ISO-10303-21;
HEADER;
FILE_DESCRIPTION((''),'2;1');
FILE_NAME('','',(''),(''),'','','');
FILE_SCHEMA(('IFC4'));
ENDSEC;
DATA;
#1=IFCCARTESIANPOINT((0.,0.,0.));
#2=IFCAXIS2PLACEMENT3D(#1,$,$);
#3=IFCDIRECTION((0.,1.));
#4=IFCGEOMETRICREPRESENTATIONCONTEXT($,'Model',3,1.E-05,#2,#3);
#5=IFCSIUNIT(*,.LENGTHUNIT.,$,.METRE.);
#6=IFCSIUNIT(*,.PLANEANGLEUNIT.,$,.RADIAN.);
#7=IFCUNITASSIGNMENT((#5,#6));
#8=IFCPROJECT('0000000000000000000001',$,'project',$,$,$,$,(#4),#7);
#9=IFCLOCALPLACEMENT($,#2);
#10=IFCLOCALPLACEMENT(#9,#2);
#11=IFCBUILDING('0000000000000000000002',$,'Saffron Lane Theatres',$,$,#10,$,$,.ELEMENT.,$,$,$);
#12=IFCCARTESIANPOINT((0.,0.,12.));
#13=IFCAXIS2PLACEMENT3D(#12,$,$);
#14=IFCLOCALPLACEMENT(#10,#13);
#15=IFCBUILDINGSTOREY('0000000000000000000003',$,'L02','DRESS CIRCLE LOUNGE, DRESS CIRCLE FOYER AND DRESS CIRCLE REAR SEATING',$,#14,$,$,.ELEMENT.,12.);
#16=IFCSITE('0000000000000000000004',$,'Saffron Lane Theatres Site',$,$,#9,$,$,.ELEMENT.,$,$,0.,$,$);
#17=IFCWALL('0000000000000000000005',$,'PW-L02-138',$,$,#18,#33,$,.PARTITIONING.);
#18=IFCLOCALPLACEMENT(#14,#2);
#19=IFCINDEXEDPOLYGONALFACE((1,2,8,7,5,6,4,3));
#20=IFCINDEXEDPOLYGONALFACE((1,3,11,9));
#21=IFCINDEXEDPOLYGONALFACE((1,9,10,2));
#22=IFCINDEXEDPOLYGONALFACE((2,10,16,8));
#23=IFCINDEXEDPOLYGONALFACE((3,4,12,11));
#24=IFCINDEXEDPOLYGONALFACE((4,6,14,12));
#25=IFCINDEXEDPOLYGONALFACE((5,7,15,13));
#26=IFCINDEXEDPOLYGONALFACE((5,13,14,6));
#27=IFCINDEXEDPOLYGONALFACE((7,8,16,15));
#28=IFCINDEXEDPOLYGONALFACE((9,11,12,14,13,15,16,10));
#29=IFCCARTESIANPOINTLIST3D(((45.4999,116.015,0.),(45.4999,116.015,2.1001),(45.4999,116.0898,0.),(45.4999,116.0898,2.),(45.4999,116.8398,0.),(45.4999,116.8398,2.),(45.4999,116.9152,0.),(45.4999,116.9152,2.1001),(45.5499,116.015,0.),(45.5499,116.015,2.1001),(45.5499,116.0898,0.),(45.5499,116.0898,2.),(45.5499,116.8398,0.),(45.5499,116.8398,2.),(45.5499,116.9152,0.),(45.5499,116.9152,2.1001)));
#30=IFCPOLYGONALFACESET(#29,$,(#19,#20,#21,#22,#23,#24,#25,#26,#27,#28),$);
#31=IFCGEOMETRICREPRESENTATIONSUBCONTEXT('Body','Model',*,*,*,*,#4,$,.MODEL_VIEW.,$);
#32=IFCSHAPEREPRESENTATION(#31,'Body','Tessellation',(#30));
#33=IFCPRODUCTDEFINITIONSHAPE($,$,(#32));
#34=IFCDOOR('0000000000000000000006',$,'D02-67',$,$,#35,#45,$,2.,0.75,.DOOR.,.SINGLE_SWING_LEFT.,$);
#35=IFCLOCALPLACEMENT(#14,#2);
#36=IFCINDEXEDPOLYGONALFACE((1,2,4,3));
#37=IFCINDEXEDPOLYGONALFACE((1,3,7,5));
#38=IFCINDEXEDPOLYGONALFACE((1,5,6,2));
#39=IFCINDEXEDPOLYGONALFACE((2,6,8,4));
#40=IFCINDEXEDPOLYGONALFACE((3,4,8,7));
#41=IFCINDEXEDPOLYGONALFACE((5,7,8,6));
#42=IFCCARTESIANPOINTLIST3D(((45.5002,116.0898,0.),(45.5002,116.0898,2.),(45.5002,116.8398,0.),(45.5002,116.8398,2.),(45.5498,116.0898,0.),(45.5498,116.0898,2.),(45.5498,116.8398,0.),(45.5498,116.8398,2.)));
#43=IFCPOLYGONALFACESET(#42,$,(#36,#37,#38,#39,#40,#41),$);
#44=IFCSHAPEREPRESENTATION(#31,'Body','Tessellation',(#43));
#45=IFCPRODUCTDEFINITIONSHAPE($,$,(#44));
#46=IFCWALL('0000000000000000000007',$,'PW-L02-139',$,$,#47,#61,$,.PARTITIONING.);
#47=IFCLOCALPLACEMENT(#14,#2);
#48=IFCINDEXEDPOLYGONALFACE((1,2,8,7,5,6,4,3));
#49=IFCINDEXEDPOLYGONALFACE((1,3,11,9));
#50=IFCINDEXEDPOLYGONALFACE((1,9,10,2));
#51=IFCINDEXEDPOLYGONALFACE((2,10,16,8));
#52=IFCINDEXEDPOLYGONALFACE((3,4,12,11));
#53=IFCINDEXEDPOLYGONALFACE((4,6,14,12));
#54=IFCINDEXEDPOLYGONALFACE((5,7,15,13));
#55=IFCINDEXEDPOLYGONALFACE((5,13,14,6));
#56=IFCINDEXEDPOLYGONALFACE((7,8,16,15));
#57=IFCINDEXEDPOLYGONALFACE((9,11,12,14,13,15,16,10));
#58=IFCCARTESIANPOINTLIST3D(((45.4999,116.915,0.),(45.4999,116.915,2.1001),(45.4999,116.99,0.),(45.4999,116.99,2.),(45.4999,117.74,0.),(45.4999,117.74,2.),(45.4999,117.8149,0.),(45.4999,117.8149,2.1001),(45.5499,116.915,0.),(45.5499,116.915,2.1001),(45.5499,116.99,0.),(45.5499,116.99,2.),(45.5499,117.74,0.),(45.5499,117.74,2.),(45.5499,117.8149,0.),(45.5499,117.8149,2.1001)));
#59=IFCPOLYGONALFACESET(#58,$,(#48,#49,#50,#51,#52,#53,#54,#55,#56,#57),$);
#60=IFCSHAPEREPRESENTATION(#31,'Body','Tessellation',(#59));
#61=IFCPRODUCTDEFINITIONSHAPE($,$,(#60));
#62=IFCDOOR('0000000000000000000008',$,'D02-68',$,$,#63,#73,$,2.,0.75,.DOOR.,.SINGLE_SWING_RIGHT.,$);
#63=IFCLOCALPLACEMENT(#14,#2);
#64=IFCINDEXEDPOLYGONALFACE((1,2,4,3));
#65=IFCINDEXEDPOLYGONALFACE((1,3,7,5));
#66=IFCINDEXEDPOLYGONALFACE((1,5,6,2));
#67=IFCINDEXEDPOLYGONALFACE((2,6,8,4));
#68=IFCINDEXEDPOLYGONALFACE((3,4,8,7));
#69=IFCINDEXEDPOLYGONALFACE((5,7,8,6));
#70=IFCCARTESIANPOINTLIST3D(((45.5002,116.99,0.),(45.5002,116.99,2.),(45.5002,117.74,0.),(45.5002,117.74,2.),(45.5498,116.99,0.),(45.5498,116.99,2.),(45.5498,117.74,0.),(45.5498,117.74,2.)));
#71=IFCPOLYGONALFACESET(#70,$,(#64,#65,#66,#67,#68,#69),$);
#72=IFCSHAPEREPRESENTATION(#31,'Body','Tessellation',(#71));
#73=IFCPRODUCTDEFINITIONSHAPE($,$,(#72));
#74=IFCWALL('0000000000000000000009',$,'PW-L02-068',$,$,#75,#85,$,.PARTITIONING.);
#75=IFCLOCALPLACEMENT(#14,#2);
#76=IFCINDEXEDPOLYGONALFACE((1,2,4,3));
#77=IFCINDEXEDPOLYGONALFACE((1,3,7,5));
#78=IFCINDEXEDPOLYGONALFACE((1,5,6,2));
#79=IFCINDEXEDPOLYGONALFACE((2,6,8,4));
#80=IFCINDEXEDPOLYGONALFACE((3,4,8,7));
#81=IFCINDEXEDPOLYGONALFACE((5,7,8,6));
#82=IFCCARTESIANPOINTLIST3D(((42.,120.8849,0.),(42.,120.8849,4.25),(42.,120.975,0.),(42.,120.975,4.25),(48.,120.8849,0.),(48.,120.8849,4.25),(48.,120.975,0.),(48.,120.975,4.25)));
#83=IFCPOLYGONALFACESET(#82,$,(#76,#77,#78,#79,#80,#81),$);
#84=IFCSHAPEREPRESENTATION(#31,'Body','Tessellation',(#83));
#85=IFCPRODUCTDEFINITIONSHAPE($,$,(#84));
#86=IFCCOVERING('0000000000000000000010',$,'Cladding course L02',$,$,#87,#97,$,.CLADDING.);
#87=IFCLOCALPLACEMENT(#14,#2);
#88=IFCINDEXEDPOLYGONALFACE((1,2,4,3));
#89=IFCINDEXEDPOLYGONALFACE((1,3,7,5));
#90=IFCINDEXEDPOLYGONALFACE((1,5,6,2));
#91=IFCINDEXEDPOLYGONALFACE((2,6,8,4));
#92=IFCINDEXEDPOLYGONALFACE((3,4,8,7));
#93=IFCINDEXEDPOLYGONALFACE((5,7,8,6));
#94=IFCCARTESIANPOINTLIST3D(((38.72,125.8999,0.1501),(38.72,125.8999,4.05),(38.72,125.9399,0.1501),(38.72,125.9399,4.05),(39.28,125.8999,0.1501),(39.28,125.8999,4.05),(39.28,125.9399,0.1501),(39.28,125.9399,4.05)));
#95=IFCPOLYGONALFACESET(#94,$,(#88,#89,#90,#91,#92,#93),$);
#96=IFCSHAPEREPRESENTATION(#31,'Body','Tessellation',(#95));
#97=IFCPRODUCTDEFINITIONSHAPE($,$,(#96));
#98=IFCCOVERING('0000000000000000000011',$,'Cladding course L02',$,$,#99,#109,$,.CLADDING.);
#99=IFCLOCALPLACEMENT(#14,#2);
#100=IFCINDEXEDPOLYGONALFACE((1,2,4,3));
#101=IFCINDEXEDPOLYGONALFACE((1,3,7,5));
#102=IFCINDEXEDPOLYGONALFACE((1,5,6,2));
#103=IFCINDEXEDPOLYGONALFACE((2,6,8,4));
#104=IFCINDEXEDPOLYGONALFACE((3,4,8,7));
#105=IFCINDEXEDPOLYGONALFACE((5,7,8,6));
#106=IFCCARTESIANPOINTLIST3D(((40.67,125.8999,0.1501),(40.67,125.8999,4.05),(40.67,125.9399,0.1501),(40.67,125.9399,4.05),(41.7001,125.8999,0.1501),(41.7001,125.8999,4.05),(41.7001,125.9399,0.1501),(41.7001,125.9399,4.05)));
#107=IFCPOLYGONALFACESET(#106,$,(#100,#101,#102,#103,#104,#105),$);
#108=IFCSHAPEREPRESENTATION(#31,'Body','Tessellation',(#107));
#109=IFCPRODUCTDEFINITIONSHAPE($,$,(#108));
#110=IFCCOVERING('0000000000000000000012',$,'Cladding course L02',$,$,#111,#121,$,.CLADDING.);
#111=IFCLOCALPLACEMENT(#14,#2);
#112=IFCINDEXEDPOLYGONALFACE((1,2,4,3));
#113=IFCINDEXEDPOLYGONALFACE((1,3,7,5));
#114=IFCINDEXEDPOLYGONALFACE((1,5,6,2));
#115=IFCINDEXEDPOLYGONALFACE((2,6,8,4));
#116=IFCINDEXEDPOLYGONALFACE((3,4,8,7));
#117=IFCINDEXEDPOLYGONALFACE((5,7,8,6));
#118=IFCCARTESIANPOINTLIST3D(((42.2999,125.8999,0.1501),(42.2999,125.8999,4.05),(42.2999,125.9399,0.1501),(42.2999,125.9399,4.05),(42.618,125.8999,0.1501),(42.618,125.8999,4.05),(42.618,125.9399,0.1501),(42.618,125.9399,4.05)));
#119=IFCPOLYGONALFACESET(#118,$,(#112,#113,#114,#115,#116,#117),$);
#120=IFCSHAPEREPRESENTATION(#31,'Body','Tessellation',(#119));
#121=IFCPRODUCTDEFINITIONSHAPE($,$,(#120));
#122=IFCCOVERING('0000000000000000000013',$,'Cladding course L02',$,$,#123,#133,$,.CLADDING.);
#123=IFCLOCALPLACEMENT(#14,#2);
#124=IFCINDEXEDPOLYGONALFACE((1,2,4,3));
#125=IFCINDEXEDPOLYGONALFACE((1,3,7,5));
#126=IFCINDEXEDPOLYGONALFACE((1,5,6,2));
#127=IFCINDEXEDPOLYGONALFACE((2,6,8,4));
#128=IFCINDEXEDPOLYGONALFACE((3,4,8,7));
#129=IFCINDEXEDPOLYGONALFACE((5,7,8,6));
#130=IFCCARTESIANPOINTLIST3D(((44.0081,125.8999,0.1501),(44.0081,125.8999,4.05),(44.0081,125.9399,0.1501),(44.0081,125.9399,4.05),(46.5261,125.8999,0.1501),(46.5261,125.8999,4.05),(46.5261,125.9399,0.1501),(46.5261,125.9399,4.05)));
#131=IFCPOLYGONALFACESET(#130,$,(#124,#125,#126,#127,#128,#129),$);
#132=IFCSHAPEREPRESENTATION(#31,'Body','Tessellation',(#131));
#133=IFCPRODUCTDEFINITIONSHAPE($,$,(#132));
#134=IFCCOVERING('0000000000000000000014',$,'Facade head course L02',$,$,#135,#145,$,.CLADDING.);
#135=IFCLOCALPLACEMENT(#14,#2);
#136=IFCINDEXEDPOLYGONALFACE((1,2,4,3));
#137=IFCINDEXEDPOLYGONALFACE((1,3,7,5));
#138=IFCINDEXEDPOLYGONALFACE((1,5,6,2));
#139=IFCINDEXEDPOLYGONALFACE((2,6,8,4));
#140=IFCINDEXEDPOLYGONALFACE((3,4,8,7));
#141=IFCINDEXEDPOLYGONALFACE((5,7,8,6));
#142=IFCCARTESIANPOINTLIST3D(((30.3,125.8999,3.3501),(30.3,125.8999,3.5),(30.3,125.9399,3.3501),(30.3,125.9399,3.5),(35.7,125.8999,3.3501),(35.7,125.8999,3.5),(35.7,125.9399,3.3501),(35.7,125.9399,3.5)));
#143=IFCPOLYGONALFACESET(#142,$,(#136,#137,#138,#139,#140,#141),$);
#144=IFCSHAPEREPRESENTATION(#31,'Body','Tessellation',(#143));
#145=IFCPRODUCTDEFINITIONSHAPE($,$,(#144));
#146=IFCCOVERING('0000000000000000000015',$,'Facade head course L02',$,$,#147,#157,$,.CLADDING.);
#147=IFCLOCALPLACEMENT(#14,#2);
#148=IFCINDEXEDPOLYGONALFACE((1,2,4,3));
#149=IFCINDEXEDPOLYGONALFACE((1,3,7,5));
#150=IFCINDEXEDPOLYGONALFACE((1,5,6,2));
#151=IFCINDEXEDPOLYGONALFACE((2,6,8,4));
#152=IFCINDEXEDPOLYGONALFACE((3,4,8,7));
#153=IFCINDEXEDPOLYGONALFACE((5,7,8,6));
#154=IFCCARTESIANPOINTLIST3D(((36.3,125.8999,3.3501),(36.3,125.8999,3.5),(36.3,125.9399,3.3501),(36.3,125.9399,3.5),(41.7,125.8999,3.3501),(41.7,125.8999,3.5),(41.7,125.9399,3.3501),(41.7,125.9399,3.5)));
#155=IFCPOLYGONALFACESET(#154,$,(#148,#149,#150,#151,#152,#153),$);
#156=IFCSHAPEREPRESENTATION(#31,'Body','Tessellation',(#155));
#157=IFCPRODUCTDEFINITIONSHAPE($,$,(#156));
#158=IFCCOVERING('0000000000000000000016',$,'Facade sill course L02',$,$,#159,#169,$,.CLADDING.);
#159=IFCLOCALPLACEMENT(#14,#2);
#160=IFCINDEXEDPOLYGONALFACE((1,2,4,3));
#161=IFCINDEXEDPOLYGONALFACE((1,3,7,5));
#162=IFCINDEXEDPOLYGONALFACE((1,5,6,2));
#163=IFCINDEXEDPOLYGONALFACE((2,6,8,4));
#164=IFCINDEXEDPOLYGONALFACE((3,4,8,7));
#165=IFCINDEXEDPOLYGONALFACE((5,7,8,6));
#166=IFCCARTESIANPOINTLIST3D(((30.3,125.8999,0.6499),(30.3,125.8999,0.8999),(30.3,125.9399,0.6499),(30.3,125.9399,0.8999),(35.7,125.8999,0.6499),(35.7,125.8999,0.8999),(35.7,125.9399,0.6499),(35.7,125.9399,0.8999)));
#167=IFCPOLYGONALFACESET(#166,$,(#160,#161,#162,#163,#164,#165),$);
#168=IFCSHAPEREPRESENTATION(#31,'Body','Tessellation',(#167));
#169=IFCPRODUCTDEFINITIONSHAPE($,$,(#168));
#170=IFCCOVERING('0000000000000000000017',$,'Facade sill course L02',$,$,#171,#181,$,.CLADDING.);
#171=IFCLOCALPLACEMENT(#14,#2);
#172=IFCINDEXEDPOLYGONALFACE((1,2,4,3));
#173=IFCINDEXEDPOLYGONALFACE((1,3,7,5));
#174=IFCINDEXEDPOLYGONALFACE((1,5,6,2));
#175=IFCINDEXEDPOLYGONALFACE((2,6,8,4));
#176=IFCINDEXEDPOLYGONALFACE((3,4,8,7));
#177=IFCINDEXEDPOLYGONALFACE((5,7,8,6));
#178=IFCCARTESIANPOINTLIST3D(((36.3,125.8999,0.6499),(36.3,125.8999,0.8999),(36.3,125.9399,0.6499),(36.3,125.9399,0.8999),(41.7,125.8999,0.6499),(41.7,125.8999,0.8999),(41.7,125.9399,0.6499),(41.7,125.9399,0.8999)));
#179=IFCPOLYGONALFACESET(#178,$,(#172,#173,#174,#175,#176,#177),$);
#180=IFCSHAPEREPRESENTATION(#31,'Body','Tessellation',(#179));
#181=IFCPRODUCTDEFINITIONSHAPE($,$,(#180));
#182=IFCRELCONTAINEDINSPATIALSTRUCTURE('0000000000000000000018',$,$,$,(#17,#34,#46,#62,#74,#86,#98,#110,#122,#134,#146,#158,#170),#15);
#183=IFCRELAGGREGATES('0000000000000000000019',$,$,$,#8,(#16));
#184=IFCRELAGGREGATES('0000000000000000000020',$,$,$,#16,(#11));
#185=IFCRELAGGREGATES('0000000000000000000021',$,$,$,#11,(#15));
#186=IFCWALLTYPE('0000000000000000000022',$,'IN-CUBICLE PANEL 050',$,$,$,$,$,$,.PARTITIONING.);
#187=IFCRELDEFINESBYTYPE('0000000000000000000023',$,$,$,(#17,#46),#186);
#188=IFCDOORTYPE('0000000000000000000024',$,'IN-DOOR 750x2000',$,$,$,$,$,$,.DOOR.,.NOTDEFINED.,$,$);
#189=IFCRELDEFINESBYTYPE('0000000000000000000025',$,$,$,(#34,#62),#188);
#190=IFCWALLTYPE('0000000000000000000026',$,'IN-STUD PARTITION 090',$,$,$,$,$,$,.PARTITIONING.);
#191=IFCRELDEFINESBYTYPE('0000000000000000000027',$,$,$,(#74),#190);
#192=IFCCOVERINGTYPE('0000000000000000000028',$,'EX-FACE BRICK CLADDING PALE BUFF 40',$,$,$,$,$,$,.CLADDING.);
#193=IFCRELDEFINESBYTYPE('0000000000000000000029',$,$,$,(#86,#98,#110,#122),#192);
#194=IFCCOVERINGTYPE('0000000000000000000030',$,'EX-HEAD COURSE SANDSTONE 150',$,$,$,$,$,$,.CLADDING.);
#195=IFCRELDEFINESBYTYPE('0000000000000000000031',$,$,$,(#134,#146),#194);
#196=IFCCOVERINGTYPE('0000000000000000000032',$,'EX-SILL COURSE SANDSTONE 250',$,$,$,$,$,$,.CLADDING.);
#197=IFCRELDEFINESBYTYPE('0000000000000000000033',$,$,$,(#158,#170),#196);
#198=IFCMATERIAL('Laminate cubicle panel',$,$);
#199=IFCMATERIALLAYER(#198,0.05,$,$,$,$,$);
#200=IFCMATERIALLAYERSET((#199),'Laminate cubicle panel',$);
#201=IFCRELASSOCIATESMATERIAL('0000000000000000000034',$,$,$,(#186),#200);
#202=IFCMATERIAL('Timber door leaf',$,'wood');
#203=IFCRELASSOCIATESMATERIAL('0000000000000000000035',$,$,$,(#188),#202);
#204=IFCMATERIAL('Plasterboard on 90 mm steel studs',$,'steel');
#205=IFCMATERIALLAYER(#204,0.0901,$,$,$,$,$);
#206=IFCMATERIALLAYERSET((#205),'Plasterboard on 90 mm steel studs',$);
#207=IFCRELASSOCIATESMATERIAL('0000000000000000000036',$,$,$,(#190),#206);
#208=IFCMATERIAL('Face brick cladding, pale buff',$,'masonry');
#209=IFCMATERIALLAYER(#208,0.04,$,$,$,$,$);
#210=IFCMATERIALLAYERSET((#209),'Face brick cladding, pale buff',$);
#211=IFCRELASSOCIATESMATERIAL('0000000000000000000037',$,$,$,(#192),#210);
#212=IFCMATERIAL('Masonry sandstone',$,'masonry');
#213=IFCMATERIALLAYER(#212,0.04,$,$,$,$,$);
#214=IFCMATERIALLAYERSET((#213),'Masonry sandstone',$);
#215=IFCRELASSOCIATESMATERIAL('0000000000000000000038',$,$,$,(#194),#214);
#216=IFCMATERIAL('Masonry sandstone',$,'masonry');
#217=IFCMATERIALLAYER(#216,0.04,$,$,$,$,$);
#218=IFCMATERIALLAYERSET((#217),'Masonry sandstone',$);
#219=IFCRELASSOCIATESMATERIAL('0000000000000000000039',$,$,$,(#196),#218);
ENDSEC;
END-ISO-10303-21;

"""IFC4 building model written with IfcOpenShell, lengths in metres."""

from ifc_helpers import new_model, si_unit, direction, frame, frame_2d, origin, origin_2d, place, context, subcontext, project, spatial, rectangle, extrude, material, layer, layer_set, type_object, element, fill, save


model = new_model("IFC4")

# Units and contexts
model_context = context("Model", 3, precision=1e-05, world=origin(), true_north=direction((0.0, 1.0)))
body_context = subcontext(model_context, "Body", "Model", "MODEL_VIEW")
ifc_project = project(units=[si_unit("LENGTHUNIT", "METRE"), si_unit("PLANEANGLEUNIT", "RADIAN")], contexts=[model_context])

# Site, building, storey
site_placement = place(None, origin())
site = spatial("IfcSite", under=ifc_project, at=site_placement, Name="Saffron Lane Theatres Site", CompositionType="ELEMENT", RefElevation=0.0)
building_placement = place(site_placement, origin())
building = spatial("IfcBuilding", under=site, at=building_placement, Name="Saffron Lane Theatres", CompositionType="ELEMENT")
storey_placement = place(building_placement, frame((0.0, 0.0, 12.0)))
storey = spatial("IfcBuildingStorey", under=building, at=storey_placement, Name="L02", Description="DRESS CIRCLE LOUNGE, DRESS CIRCLE FOYER AND DRESS CIRCLE REAR SEATING", CompositionType="ELEMENT", Elevation=12.0)

# Shared definitions
ifc_material_1 = material(Name="Laminate cubicle panel")
ifc_layer_1 = layer(ifc_material_1, 0.05)
ifc_layer_set_1 = layer_set([ifc_layer_1], Name="Laminate cubicle panel")
wall_type_1 = type_object("IfcWallType", Name="IN-CUBICLE PANEL 050", PredefinedType="PARTITIONING", material=ifc_layer_set_1)

# Walls, openings, doors
wall_1_placement = place(storey_placement, frame((45.5249, 116.0149, 0.0), z_axis=(0.0, 0.0, 1.0), x_axis=(0.0, 1.0, 0.0)))
wall_1 = element("IfcWall", 1, at=wall_1_placement, inside=storey, type_object=wall_type_1, Name="PW-L02-138", PredefinedType="PARTITIONING", context=body_context, shape_type="SweptSolid", body=[
    extrude(rectangle(XDim=0.9001, YDim=0.05, at=frame_2d((0.4502, 0.0))), origin(), (0.0, 0.0, 1.0), 2.1001),
])
opening_1_placement = place(wall_1_placement, frame((0.075, 0.0, 0.0)))
opening_1 = element("IfcOpeningElement", 2, at=opening_1_placement, cuts=wall_1, PredefinedType="OPENING", context=body_context, shape_type="SweptSolid", body=[
    extrude(rectangle(XDim=0.75, YDim=2.0, at=frame_2d((0.375, 1.0))), frame((0.0, 0.0352, 0.0), z_axis=(0.0, -1.0, 0.0), x_axis=(1.0, 0.0, 0.0)), (0.0, 0.0, 1.0), 0.0701),
])
ifc_material_2 = material(Name="Timber door leaf", Category="wood")
door_type = type_object("IfcDoorType", Name="IN-DOOR 750x2000", OperationType="NOTDEFINED", PredefinedType="DOOR", material=ifc_material_2)
door_1_placement = place(opening_1_placement, frame((0.75, 0.0, 0.0), z_axis=(0.0, 0.0, 1.0), x_axis=(-1.0, 0.0, 0.0)))
door_1 = element("IfcDoor", 3, at=door_1_placement, inside=storey, type_object=door_type, Name="D02-67", OperationType="SINGLE_SWING_LEFT", OverallHeight=2.0, OverallWidth=0.75, PredefinedType="DOOR", context=body_context, shape_type="SweptSolid", body=[
    extrude(rectangle(XDim=0.75, YDim=2.0, at=frame_2d((0.375, 1.0))), frame((0.0, 0.0249, 0.0), z_axis=(0.0, -1.0, 0.0), x_axis=(1.0, 0.0, 0.0)), (0.0, 0.0, 1.0), 0.0496),
])
fill(opening_1, door_1)
wall_2_placement = place(storey_placement, frame((45.5249, 116.915, 0.0), z_axis=(0.0, 0.0, 1.0), x_axis=(0.0, 1.0, 0.0)))
wall_2 = element("IfcWall", 4, at=wall_2_placement, inside=storey, type_object=wall_type_1, Name="PW-L02-139", PredefinedType="PARTITIONING", context=body_context, shape_type="SweptSolid", body=[
    extrude(rectangle(XDim=0.8999, YDim=0.05, at=frame_2d((0.45, 0.0))), origin(), (0.0, 0.0, 1.0), 2.1001),
])
opening_2_placement = place(wall_2_placement, frame((0.075, 0.0, 0.0)))
opening_2 = element("IfcOpeningElement", 5, at=opening_2_placement, cuts=wall_2, PredefinedType="OPENING", context=body_context, shape_type="SweptSolid", body=[
    extrude(rectangle(XDim=0.75, YDim=2.0, at=frame_2d((0.375, 1.0))), frame((0.0, 0.0352, 0.0), z_axis=(0.0, -1.0, 0.0), x_axis=(1.0, 0.0, 0.0)), (0.0, 0.0, 1.0), 0.0701),
])
door_2_placement = place(opening_2_placement, frame((0.75, 0.0, 0.0), z_axis=(0.0, 0.0, 1.0), x_axis=(-1.0, 0.0, 0.0)))
door_2 = element("IfcDoor", 6, at=door_2_placement, inside=storey, type_object=door_type, Name="D02-68", OperationType="SINGLE_SWING_RIGHT", OverallHeight=2.0, OverallWidth=0.75, PredefinedType="DOOR", context=body_context, shape_type="SweptSolid", body=[
    extrude(rectangle(XDim=0.75, YDim=2.0, at=frame_2d((0.375, 1.0))), frame((0.0, 0.0249, 0.0), z_axis=(0.0, -1.0, 0.0), x_axis=(1.0, 0.0, 0.0)), (0.0, 0.0, 1.0), 0.0496),
])
fill(opening_2, door_2)

# Wall
ifc_material_3 = material(Name="Plasterboard on 90 mm steel studs", Category="steel")
ifc_layer_2 = layer(ifc_material_3, 0.0901)
ifc_layer_set_2 = layer_set([ifc_layer_2], Name="Plasterboard on 90 mm steel studs")
wall_type_2 = type_object("IfcWallType", Name="IN-STUD PARTITION 090", PredefinedType="PARTITIONING", material=ifc_layer_set_2)
wall_3_placement = place(storey_placement, frame((42.0, 120.9299, 0.0), z_axis=(0.0, 0.0, 1.0), x_axis=(1.0, 0.0, 0.0)))
element("IfcWall", 7, at=wall_3_placement, inside=storey, type_object=wall_type_2, Name="PW-L02-068", PredefinedType="PARTITIONING", context=body_context, shape_type="SweptSolid", body=[
    extrude(rectangle(XDim=6.0, YDim=0.0901, at=frame_2d((3.0, 0.0))), origin(), (0.0, 0.0, 1.0), 4.25),
])

# Coverings
ifc_material_4 = material(Name="Face brick cladding, pale buff", Category="masonry")
ifc_layer_3 = layer(ifc_material_4, 0.04)
ifc_layer_set_3 = layer_set([ifc_layer_3], Name="Face brick cladding, pale buff")
covering_type_1 = type_object("IfcCoveringType", Name="EX-FACE BRICK CLADDING PALE BUFF 40", PredefinedType="CLADDING", material=ifc_layer_set_3)
covering_1_placement = place(storey_placement, frame((39.0, 125.9199, 0.1501), z_axis=(0.0, 0.0, 1.0), x_axis=(1.0, 0.0, 0.0)))
element("IfcCovering", 8, at=covering_1_placement, inside=storey, type_object=covering_type_1, Name="Cladding course L02", PredefinedType="CLADDING", context=body_context, shape_type="SweptSolid", body=[
    extrude(rectangle(XDim=0.5601, YDim=0.04, at=origin_2d()), origin(), (0.0, 0.0, 1.0), 3.8999),
])
covering_2_placement = place(storey_placement, frame((41.1851, 125.9199, 0.1501), z_axis=(0.0, 0.0, 1.0), x_axis=(1.0, 0.0, 0.0)))
element("IfcCovering", 9, at=covering_2_placement, inside=storey, type_object=covering_type_1, Name="Cladding course L02", PredefinedType="CLADDING", context=body_context, shape_type="SweptSolid", body=[
    extrude(rectangle(XDim=1.03, YDim=0.04, at=origin_2d()), origin(), (0.0, 0.0, 1.0), 3.8999),
])
covering_3_placement = place(storey_placement, frame((42.459, 125.9199, 0.1501), z_axis=(0.0, 0.0, 1.0), x_axis=(1.0, 0.0, 0.0)))
element("IfcCovering", 10, at=covering_3_placement, inside=storey, type_object=covering_type_1, Name="Cladding course L02", PredefinedType="CLADDING", context=body_context, shape_type="SweptSolid", body=[
    extrude(rectangle(XDim=0.3181, YDim=0.04, at=origin_2d()), origin(), (0.0, 0.0, 1.0), 3.8999),
])
covering_4_placement = place(storey_placement, frame((45.2671, 125.9199, 0.1501), z_axis=(0.0, 0.0, 1.0), x_axis=(1.0, 0.0, 0.0)))
element("IfcCovering", 11, at=covering_4_placement, inside=storey, type_object=covering_type_1, Name="Cladding course L02", PredefinedType="CLADDING", context=body_context, shape_type="SweptSolid", body=[
    extrude(rectangle(XDim=2.5181, YDim=0.04, at=origin_2d()), origin(), (0.0, 0.0, 1.0), 3.8999),
])
ifc_material_5 = material(Name="Masonry sandstone", Category="masonry")
ifc_layer_4 = layer(ifc_material_5, 0.04)
ifc_layer_set_4 = layer_set([ifc_layer_4], Name="Masonry sandstone")
covering_type_2 = type_object("IfcCoveringType", Name="EX-HEAD COURSE SANDSTONE 150", PredefinedType="CLADDING", material=ifc_layer_set_4)
for number, where, z_axis, x_axis, name in (
    (12, (33.0, 125.9199, 3.3501), (0.0, 0.0, 1.0), (1.0, 0.0, 0.0), "Facade head course L02"),
    (13, (39.0, 125.9199, 3.3501), (0.0, 0.0, 1.0), (1.0, 0.0, 0.0), "Facade head course L02"),
):
    element("IfcCovering", number, at=place(storey_placement, frame(where, z_axis=z_axis, x_axis=x_axis)), inside=storey, type_object=covering_type_2, Name=name, PredefinedType="CLADDING", context=body_context, shape_type="SweptSolid", body=[
        extrude(rectangle(XDim=5.3999, YDim=0.04, at=origin_2d()), origin(), (0.0, 0.0, 1.0), 0.1499),
    ])
ifc_material_6 = material(Name="Masonry sandstone", Category="masonry")
ifc_layer_5 = layer(ifc_material_6, 0.04)
ifc_layer_set_5 = layer_set([ifc_layer_5], Name="Masonry sandstone")
covering_type_3 = type_object("IfcCoveringType", Name="EX-SILL COURSE SANDSTONE 250", PredefinedType="CLADDING", material=ifc_layer_set_5)
for number, where, z_axis, x_axis, name in (
    (14, (33.0, 125.9199, 0.6499), (0.0, 0.0, 1.0), (1.0, 0.0, 0.0), "Facade sill course L02"),
    (15, (39.0, 125.9199, 0.6499), (0.0, 0.0, 1.0), (1.0, 0.0, 0.0), "Facade sill course L02"),
):
    element("IfcCovering", number, at=place(storey_placement, frame(where, z_axis=z_axis, x_axis=x_axis)), inside=storey, type_object=covering_type_3, Name=name, PredefinedType="CLADDING", context=body_context, shape_type="SweptSolid", body=[
        extrude(rectangle(XDim=5.3999, YDim=0.04, at=origin_2d()), origin(), (0.0, 0.0, 1.0), 0.25),
    ])

save(model, "model.ifc")
